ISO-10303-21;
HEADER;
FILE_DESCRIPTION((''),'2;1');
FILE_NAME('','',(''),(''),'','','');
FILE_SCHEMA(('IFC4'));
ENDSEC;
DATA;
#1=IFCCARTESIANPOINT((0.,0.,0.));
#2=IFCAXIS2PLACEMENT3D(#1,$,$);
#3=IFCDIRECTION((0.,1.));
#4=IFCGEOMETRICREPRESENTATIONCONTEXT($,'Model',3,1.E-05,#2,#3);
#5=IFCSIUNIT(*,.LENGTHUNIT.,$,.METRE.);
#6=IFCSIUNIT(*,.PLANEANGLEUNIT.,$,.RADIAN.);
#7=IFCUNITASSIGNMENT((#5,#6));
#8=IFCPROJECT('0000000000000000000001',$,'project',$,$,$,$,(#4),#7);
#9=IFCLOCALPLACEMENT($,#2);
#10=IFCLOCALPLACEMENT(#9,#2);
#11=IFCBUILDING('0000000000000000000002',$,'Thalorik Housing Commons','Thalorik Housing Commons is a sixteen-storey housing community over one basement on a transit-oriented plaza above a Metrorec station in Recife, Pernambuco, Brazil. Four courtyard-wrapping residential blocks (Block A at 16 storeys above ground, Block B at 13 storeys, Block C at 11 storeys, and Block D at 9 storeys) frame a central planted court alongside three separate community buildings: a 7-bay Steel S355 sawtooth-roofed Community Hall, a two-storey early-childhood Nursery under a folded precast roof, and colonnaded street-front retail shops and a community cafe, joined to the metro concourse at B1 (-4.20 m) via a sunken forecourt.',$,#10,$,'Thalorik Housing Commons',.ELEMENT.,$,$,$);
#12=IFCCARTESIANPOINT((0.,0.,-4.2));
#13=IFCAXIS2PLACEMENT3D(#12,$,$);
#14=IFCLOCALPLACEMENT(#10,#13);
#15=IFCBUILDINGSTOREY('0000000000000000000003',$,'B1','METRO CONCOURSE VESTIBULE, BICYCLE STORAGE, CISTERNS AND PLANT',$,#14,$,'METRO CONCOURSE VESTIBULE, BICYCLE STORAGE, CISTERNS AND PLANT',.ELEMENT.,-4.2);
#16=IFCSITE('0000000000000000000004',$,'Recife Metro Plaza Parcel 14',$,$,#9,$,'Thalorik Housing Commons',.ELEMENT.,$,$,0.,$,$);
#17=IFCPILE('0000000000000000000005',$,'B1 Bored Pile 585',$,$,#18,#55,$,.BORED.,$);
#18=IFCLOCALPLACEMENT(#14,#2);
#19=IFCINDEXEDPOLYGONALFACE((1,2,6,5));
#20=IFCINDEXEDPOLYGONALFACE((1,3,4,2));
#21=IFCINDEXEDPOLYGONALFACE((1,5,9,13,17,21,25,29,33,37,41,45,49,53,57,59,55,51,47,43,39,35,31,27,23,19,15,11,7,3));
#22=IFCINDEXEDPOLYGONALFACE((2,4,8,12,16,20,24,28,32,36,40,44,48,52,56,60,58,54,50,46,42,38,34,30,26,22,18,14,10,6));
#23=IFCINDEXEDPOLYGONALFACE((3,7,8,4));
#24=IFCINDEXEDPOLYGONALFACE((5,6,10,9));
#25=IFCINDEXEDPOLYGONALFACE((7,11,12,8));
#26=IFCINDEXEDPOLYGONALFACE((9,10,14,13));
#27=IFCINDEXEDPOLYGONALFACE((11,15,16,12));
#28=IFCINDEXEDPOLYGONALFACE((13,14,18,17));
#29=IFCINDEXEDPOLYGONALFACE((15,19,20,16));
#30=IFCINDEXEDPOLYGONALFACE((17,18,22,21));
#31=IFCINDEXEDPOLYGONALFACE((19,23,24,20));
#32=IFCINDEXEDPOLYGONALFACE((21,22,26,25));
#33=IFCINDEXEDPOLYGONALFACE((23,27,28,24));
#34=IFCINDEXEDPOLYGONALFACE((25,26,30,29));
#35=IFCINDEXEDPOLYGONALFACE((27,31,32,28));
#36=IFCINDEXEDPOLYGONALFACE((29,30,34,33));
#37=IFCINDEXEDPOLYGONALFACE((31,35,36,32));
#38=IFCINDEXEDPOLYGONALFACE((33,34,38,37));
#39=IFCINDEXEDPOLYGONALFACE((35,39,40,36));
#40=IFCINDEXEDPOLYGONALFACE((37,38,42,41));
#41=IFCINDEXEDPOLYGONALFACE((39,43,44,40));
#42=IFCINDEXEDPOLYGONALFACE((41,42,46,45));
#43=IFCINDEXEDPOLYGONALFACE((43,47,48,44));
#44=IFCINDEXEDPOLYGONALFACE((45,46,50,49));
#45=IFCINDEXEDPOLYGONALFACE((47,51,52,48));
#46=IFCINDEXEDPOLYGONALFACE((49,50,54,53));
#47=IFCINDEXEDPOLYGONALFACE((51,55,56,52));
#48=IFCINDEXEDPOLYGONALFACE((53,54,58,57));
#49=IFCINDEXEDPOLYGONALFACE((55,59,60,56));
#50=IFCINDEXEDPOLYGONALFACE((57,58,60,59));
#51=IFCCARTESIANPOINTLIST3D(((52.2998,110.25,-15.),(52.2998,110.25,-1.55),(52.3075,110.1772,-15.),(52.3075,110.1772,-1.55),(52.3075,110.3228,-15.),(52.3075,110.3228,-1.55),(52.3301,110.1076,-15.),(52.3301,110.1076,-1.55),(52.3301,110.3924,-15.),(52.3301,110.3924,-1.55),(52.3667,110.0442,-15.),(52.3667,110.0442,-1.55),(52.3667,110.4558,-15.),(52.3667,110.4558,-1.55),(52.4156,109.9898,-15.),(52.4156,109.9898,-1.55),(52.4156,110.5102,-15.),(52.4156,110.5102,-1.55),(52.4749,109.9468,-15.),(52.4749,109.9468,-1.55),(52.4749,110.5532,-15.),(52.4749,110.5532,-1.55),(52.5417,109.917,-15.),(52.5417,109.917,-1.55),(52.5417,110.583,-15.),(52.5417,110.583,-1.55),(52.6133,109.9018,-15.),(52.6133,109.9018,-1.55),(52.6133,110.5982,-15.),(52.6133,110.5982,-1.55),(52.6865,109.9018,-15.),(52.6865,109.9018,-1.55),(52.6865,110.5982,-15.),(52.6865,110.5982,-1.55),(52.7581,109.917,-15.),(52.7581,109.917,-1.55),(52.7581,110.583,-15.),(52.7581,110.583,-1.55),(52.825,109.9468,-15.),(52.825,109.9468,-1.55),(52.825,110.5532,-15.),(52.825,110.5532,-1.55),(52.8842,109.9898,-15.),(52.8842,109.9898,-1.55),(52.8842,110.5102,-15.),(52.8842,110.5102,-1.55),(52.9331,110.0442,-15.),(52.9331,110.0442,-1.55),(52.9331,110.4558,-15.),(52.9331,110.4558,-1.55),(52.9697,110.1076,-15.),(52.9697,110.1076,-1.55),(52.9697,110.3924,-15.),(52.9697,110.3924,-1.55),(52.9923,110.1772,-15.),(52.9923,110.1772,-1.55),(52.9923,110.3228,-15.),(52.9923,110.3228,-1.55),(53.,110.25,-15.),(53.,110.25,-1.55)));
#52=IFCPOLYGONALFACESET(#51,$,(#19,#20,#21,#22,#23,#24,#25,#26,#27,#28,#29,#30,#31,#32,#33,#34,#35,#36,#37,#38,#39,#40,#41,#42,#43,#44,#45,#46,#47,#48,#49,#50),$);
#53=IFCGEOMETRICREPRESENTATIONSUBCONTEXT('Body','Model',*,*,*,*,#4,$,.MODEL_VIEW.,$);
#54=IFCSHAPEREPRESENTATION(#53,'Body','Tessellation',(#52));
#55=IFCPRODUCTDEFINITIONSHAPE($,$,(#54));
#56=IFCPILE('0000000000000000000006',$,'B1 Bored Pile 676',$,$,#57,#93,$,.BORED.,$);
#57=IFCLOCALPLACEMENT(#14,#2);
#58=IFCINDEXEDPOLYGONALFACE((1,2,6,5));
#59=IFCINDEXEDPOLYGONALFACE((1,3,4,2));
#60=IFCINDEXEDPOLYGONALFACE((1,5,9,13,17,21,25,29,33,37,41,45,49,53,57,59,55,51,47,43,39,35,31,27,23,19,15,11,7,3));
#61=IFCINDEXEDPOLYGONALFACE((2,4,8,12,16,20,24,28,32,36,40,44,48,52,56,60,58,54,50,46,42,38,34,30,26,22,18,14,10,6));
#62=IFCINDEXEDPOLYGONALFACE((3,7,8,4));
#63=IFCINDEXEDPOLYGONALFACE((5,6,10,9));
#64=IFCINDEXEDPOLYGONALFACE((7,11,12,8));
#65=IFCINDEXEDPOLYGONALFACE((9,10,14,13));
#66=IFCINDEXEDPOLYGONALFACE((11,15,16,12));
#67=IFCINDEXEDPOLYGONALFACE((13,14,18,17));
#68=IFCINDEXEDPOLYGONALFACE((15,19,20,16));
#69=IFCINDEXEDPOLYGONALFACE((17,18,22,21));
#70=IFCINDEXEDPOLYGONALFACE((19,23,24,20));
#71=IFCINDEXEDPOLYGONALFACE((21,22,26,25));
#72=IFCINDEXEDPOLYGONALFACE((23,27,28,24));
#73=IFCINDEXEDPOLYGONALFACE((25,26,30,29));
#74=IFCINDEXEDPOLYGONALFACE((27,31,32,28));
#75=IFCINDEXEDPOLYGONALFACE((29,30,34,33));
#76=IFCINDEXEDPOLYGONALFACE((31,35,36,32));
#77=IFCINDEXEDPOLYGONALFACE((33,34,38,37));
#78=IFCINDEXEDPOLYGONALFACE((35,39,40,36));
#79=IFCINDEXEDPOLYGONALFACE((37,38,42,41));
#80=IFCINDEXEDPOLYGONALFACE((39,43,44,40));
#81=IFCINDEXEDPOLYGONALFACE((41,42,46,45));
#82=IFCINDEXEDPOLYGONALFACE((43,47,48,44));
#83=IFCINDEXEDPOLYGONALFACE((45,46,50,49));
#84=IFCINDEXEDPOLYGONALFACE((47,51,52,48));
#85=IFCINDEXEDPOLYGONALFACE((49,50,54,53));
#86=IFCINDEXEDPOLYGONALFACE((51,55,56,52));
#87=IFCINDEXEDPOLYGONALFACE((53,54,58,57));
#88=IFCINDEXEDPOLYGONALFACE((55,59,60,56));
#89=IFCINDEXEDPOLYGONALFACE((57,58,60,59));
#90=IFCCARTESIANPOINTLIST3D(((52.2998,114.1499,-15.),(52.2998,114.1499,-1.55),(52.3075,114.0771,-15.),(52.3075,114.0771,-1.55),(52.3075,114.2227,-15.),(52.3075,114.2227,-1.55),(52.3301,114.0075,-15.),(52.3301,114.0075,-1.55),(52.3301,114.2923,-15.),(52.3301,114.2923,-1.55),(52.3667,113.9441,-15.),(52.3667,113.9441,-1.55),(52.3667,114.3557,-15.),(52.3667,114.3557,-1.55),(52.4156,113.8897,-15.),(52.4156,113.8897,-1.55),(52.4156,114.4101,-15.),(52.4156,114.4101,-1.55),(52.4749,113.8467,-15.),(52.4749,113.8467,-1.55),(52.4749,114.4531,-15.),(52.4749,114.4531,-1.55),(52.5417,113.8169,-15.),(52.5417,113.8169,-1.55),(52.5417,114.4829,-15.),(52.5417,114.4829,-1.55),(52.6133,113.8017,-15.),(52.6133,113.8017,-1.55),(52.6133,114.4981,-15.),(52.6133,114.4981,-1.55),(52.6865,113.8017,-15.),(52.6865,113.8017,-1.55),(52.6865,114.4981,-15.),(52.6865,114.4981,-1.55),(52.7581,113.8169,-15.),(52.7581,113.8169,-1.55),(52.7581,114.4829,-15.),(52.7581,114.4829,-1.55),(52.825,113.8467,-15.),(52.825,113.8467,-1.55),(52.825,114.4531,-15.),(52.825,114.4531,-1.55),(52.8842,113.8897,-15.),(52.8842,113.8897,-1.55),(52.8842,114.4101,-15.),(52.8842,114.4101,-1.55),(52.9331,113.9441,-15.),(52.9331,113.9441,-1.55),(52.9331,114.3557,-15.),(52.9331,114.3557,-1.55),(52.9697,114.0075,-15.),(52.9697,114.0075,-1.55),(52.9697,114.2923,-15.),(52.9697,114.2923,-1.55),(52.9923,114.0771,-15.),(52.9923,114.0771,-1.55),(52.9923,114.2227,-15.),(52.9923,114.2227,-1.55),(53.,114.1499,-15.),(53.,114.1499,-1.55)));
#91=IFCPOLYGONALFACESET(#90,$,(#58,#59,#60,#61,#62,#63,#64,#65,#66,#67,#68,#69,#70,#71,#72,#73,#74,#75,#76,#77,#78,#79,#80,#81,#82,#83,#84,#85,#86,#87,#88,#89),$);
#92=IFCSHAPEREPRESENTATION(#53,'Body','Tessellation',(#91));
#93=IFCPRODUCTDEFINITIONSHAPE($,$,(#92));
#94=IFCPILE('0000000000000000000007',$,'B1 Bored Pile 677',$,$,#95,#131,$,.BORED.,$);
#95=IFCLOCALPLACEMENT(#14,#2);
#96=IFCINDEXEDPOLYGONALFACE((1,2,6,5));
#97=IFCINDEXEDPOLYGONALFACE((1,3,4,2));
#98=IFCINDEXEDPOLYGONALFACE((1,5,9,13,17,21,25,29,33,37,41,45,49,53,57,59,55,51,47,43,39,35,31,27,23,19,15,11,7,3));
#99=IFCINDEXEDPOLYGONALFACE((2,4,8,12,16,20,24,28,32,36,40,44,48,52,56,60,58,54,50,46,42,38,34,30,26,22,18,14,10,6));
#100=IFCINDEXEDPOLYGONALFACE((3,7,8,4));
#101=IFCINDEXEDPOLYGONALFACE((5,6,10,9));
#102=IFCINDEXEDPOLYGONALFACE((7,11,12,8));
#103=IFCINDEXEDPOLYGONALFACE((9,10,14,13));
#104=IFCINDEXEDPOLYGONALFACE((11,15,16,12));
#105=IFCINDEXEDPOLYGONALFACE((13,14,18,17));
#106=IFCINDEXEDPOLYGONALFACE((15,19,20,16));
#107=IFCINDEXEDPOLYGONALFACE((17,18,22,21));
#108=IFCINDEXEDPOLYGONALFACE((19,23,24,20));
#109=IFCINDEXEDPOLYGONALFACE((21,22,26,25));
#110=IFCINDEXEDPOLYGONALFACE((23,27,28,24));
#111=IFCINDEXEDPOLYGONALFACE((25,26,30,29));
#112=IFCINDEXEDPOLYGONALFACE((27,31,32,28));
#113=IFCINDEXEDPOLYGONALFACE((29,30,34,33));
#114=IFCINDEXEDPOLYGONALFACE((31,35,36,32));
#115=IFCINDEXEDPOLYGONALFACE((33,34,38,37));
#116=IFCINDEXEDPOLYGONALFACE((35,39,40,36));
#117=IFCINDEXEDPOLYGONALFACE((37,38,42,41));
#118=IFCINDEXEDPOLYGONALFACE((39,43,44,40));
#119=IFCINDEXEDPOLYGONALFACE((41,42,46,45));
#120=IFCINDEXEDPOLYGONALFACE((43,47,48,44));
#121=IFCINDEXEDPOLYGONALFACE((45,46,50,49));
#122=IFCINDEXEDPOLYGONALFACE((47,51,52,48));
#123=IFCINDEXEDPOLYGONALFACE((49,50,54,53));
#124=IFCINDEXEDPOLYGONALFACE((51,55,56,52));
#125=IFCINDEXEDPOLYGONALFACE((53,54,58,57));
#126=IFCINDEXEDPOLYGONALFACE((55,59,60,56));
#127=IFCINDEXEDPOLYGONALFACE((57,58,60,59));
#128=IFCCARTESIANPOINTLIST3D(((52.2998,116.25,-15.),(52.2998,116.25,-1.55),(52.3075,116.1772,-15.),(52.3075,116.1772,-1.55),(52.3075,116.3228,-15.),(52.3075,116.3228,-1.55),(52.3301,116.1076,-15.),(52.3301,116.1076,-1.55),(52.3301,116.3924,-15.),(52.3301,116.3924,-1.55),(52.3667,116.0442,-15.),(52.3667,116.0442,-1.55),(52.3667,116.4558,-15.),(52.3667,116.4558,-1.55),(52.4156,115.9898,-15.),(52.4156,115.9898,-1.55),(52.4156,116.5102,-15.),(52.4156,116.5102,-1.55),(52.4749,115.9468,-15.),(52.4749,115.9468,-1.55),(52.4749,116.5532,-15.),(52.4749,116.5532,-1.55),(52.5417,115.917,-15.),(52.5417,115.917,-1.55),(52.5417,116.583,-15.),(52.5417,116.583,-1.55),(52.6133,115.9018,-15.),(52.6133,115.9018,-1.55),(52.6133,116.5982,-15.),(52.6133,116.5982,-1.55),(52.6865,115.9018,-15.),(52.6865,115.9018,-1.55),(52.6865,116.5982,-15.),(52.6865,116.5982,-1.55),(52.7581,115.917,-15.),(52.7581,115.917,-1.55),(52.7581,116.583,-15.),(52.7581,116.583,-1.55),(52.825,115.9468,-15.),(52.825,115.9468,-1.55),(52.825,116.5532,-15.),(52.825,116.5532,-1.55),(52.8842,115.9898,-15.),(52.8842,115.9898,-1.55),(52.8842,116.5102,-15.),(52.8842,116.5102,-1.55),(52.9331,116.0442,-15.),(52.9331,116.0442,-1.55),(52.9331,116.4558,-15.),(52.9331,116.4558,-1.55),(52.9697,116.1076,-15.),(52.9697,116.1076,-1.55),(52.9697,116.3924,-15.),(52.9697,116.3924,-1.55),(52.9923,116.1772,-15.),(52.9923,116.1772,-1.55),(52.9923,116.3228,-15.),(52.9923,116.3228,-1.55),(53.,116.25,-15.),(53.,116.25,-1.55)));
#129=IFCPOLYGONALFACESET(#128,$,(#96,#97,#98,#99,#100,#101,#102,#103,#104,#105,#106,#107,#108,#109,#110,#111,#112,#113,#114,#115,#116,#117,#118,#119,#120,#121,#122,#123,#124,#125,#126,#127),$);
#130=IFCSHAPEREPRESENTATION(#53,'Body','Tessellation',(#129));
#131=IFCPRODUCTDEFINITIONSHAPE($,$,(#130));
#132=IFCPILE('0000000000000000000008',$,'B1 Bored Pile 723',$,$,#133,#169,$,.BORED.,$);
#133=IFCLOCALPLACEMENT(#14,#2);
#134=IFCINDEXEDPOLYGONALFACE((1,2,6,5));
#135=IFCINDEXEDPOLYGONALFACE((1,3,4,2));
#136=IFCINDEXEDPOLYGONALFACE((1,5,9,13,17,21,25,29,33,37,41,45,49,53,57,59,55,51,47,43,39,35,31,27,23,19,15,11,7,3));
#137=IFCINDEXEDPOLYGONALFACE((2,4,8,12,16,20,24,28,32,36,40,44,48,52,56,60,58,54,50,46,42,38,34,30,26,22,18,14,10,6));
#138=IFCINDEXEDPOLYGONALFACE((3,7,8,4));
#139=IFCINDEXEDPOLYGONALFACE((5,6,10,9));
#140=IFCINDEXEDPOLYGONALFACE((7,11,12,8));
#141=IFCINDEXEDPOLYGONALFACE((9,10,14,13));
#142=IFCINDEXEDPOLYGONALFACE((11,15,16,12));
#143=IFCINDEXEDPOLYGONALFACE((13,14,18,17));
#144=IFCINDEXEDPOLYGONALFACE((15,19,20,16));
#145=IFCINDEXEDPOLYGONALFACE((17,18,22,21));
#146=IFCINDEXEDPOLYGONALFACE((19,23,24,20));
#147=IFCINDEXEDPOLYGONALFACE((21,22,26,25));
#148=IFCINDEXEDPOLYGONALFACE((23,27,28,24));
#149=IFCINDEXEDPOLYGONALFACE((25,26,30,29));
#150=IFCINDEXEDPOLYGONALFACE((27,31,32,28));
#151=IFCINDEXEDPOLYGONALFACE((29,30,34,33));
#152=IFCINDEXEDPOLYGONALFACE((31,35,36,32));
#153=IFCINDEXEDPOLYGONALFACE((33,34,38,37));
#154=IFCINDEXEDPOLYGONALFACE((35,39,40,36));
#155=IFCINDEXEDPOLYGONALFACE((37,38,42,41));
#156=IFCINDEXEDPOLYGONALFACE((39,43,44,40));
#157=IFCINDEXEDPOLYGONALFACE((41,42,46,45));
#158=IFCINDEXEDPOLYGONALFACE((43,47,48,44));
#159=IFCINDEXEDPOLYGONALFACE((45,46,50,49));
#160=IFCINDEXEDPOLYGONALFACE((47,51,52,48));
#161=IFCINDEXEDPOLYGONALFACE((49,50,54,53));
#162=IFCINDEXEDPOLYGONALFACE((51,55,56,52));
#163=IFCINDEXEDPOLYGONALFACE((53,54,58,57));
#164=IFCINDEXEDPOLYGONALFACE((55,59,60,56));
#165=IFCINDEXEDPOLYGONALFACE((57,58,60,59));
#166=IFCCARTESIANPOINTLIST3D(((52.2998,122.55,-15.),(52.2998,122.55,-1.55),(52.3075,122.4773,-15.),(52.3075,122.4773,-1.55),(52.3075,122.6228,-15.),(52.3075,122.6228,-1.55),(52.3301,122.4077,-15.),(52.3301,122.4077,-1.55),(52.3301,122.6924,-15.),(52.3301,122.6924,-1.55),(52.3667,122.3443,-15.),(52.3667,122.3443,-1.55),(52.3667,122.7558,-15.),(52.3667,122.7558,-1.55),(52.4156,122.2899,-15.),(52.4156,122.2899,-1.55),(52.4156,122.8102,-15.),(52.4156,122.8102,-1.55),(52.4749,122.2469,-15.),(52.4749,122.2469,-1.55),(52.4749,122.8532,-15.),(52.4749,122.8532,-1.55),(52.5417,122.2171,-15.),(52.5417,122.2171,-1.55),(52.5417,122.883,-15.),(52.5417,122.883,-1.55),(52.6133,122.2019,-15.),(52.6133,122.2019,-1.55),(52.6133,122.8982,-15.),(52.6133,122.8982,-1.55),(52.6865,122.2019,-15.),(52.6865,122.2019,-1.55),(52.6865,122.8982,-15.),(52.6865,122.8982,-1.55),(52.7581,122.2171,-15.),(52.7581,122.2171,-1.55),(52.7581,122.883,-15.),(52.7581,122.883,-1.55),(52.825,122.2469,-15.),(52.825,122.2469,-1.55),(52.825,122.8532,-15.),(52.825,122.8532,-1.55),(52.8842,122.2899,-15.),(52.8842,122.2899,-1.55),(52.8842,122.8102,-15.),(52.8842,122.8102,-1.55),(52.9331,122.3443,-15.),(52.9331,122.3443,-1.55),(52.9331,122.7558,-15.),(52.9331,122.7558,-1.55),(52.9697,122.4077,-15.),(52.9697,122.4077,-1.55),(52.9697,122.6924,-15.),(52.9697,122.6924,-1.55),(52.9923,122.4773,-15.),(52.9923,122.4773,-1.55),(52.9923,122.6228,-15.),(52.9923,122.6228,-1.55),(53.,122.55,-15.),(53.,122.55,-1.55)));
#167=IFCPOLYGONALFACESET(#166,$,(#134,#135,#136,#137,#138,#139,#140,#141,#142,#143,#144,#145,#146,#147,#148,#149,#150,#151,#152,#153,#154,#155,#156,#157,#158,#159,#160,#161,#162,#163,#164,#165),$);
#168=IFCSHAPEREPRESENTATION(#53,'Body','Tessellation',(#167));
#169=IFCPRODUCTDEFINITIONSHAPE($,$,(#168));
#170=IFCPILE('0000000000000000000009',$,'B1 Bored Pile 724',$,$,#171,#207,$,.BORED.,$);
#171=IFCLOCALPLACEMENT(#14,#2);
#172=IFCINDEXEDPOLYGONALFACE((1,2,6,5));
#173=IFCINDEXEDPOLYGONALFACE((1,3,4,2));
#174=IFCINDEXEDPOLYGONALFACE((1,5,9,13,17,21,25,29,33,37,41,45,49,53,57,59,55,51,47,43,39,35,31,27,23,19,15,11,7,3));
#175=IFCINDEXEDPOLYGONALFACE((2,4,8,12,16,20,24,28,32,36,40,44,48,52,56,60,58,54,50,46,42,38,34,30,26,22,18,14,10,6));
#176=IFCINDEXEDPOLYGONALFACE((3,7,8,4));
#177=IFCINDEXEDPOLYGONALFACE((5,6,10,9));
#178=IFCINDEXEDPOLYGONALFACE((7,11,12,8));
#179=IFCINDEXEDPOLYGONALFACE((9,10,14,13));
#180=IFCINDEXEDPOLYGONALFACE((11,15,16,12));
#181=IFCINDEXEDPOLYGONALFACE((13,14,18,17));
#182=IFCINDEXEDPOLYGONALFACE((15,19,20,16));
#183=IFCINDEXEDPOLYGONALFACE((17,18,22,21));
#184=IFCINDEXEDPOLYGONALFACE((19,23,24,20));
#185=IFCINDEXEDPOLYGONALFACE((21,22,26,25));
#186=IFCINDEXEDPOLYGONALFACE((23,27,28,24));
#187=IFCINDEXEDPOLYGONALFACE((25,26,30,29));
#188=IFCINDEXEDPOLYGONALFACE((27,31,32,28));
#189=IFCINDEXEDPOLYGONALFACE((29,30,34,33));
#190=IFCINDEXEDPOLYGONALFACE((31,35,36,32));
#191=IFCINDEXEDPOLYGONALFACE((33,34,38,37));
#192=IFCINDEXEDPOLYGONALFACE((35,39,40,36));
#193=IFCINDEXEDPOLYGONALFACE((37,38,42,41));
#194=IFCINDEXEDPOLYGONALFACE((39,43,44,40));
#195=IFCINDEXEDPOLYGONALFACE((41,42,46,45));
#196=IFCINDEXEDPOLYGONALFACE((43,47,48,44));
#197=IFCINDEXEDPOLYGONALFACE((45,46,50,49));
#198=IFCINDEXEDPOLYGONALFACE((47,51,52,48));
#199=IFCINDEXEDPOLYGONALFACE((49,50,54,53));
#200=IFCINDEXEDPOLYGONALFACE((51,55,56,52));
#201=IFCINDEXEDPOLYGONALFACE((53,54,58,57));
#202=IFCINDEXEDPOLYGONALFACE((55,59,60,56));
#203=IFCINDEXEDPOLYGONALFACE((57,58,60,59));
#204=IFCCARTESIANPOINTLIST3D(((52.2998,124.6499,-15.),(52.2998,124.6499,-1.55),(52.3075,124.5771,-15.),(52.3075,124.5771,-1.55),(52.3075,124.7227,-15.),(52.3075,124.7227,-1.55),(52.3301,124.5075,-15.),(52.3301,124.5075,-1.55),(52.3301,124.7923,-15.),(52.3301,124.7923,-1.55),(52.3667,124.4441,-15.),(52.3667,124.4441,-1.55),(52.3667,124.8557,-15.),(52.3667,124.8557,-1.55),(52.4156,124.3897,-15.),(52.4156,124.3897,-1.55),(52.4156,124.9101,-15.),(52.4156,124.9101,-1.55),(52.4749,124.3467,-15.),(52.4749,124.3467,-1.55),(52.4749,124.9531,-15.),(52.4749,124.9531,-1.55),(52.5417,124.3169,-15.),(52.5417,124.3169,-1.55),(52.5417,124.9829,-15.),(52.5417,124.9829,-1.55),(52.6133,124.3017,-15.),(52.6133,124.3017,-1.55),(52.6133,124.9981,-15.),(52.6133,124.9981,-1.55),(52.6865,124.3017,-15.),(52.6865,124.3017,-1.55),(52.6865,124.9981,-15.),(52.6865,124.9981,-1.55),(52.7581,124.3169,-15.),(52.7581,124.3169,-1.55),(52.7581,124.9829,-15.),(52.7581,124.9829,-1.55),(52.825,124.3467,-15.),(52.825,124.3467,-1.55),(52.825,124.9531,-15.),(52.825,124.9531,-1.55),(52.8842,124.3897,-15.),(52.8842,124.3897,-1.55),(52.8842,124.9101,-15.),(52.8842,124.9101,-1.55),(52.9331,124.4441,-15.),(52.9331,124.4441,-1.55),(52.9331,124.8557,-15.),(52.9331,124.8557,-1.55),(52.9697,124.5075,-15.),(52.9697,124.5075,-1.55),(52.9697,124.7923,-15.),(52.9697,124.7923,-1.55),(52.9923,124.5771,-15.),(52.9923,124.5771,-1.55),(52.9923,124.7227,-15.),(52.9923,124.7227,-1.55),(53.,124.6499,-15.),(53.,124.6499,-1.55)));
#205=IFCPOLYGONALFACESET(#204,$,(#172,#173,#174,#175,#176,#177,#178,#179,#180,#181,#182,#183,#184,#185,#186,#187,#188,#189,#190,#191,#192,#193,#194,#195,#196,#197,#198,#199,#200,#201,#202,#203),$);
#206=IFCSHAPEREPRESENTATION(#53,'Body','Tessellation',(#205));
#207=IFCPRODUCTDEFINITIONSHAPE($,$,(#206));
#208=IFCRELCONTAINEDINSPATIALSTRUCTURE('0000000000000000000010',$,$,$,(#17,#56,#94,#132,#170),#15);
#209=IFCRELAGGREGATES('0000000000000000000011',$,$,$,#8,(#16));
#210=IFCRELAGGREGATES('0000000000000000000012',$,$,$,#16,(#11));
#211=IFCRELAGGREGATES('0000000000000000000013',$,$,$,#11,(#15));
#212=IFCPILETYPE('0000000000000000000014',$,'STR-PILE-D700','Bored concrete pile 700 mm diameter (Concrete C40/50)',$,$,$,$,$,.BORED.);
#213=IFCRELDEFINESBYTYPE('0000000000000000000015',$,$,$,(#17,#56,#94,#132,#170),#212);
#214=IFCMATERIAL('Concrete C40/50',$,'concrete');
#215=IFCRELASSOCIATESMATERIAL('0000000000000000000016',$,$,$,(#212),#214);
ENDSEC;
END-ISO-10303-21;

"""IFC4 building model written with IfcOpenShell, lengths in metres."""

from ifc_helpers import new_model, si_unit, direction, frame, origin, origin_2d, place, context, subcontext, project, spatial, circle, extrude, material, material_profile, profile_set, type_object, element, save


model = new_model("IFC4")

# Units and contexts
model_context = context("Model", 3, precision=1e-05, world=origin(), true_north=direction((0.0, 1.0)))
body_context = subcontext(model_context, "Body", "Model", "MODEL_VIEW")
ifc_project = project(units=[si_unit("LENGTHUNIT", "METRE"), si_unit("PLANEANGLEUNIT", "RADIAN")], contexts=[model_context])

# Site, building, storey
site_placement = place(None, origin())
site = spatial("IfcSite", under=ifc_project, at=site_placement, Name="Recife Metro Plaza Parcel 14", LongName="Thalorik Housing Commons", CompositionType="ELEMENT", RefElevation=0.0)
building_placement = place(site_placement, origin())
building = spatial("IfcBuilding", under=site, at=building_placement, Name="Thalorik Housing Commons", Description="Thalorik Housing Commons is a sixteen-storey housing community over one basement on a transit-oriented plaza above a Metrorec station in Recife, Pernambuco, Brazil. Four courtyard-wrapping residential blocks (Block A at 16 storeys above ground, Block B at 13 storeys, Block C at 11 storeys, and Block D at 9 storeys) frame a central planted court alongside three separate community buildings: a 7-bay Steel S355 sawtooth-roofed Community Hall, a two-storey early-childhood Nursery under a folded precast roof, and colonnaded street-front retail shops and a community cafe, joined to the metro concourse at B1 (-4.20 m) via a sunken forecourt.", LongName="Thalorik Housing Commons", CompositionType="ELEMENT")
storey_placement = place(building_placement, frame((0.0, 0.0, -4.2)))
storey = spatial("IfcBuildingStorey", under=building, at=storey_placement, Name="B1", Description="METRO CONCOURSE VESTIBULE, BICYCLE STORAGE, CISTERNS AND PLANT", LongName="METRO CONCOURSE VESTIBULE, BICYCLE STORAGE, CISTERNS AND PLANT", CompositionType="ELEMENT", Elevation=-4.2)

# Shared definitions
ifc_material_1 = material(Name="Concrete C40/50", Category="concrete")

# Piles
ifc_material_profile_1 = material_profile(ifc_material_1, circle(Radius=0.3501, at=origin_2d()), Name="BORED PILE D700", Category="concrete")
ifc_profile_set_1 = profile_set([ifc_material_profile_1], Name="Concrete C40/50")
pile_type_1 = type_object("IfcPileType", Name="STR-PILE-D700", Description="Bored concrete pile 700 mm diameter (Concrete C40/50)", PredefinedType="BORED", material=ifc_profile_set_1)
for number, where, z_axis, x_axis, name in (
    (1, (52.6499, 110.25, -1.55), (0.0, 0.0, -1.0), (1.0, 0.0, 0.0), "B1 Bored Pile 585"),
    (2, (52.6499, 114.1499, -1.55), (0.0, 0.0, -1.0), (1.0, 0.0, 0.0), "B1 Bored Pile 676"),
    (3, (52.6499, 116.25, -1.55), (0.0, 0.0, -1.0), (1.0, 0.0, 0.0), "B1 Bored Pile 677"),
    (4, (52.6499, 122.55, -1.55), (0.0, 0.0, -1.0), (1.0, 0.0, 0.0), "B1 Bored Pile 723"),
    (5, (52.6499, 124.6499, -1.55), (0.0, 0.0, -1.0), (1.0, 0.0, 0.0), "B1 Bored Pile 724"),
):
    element("IfcPile", number, at=place(storey_placement, frame(where, z_axis=z_axis, x_axis=x_axis)), inside=storey, type_object=pile_type_1, Name=name, PredefinedType="BORED", context=body_context, shape_type="SweptSolid", body=[
        extrude(circle(Radius=0.3501, at=origin_2d()), origin(), (0.0, 0.0, 1.0), 13.45),
    ])

save(model, "model.ifc")
